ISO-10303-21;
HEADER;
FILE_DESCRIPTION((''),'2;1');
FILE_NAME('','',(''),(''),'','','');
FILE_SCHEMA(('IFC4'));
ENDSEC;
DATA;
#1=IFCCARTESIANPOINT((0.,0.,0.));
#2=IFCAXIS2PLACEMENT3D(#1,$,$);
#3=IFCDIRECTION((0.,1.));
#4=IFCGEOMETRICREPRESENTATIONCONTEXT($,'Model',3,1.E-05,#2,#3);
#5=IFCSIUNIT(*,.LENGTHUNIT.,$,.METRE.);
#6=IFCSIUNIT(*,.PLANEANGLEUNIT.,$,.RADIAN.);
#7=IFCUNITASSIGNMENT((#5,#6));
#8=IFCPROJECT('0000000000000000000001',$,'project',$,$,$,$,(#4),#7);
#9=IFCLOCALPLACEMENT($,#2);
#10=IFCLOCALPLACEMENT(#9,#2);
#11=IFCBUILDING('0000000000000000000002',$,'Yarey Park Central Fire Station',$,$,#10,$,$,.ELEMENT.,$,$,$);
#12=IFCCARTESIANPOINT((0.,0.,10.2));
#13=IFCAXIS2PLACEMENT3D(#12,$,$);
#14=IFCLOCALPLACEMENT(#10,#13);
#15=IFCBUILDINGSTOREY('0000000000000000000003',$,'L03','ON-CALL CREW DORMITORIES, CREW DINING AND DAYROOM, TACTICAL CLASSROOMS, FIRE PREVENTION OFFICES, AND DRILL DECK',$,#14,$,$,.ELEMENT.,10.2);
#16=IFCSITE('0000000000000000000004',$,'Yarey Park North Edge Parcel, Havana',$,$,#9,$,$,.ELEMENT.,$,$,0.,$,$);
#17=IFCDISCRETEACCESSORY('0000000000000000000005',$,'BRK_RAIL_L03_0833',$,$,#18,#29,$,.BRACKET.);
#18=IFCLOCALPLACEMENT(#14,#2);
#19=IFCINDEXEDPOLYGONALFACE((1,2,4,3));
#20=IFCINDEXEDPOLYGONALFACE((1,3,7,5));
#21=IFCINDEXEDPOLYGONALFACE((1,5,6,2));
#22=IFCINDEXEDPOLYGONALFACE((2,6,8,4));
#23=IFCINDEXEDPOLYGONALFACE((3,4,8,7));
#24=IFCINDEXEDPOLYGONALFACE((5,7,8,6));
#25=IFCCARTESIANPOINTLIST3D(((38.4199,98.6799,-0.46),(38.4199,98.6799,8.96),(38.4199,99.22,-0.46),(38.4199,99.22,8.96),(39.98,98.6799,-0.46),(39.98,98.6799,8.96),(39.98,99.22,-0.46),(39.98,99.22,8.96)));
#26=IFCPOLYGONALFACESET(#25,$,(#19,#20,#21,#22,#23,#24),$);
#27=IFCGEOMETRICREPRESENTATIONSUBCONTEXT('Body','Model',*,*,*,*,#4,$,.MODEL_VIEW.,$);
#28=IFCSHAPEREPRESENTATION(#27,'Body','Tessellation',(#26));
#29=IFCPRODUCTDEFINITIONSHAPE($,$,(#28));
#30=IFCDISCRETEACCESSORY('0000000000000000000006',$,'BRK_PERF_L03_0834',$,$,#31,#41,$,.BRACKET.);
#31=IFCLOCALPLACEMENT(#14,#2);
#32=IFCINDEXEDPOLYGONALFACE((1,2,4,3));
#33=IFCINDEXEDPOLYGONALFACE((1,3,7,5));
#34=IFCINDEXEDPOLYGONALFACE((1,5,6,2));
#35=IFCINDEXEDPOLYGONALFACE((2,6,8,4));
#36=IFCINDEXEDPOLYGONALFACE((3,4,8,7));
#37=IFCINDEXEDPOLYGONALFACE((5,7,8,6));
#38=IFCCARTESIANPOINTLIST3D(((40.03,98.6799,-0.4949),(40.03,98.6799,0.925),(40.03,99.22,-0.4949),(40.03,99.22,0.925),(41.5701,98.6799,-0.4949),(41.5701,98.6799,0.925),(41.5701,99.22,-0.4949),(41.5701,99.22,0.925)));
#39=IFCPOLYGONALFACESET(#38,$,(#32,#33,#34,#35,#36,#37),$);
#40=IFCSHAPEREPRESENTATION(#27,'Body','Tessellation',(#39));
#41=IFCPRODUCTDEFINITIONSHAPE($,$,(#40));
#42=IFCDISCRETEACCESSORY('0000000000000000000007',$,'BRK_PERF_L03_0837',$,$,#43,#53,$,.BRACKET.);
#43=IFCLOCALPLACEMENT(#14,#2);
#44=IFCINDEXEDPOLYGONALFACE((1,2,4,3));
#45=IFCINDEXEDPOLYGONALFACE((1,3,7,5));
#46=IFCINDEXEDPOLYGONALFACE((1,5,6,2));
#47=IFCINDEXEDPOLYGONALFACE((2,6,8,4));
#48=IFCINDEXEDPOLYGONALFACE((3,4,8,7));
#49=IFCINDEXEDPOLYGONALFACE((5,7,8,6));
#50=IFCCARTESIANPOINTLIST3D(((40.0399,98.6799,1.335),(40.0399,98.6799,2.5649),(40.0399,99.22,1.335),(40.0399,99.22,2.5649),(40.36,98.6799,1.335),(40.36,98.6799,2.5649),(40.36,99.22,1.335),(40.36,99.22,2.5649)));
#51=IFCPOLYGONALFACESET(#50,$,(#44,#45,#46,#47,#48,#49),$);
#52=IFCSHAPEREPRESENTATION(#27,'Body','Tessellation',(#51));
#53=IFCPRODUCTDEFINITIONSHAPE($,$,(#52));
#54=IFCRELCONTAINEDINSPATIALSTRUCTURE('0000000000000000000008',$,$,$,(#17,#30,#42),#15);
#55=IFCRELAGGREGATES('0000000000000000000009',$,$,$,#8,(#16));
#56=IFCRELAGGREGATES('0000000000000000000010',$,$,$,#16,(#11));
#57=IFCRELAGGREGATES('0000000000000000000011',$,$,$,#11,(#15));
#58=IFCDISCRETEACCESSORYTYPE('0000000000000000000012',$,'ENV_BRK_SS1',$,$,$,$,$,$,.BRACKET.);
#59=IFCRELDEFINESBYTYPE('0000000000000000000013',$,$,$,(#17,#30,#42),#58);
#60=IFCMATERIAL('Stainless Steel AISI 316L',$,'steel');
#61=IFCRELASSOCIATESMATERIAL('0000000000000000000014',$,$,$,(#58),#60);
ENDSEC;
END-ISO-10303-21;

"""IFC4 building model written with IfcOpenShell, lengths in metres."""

from ifc_helpers import new_model, si_unit, direction, frame, origin, origin_2d, place, context, subcontext, project, spatial, rectangle, extrude, material, type_object, element, save


model = new_model("IFC4")

# Units and contexts
model_context = context("Model", 3, precision=1e-05, world=origin(), true_north=direction((0.0, 1.0)))
body_context = subcontext(model_context, "Body", "Model", "MODEL_VIEW")
ifc_project = project(units=[si_unit("LENGTHUNIT", "METRE"), si_unit("PLANEANGLEUNIT", "RADIAN")], contexts=[model_context])

# Site, building, storey
site_placement = place(None, origin())
site = spatial("IfcSite", under=ifc_project, at=site_placement, Name="Yarey Park North Edge Parcel, Havana", CompositionType="ELEMENT", RefElevation=0.0)
building_placement = place(site_placement, origin())
building = spatial("IfcBuilding", under=site, at=building_placement, Name="Yarey Park Central Fire Station", CompositionType="ELEMENT")
storey_placement = place(building_placement, frame((0.0, 0.0, 10.2)))
storey = spatial("IfcBuildingStorey", under=building, at=storey_placement, Name="L03", Description="ON-CALL CREW DORMITORIES, CREW DINING AND DAYROOM, TACTICAL CLASSROOMS, FIRE PREVENTION OFFICES, AND DRILL DECK", CompositionType="ELEMENT", Elevation=10.2)

# Discrete accessories
ifc_material_1 = material(Name="Stainless Steel AISI 316L", Category="steel")
discrete_accessory_type = type_object("IfcDiscreteAccessoryType", Name="ENV_BRK_SS1", PredefinedType="BRACKET", material=ifc_material_1)
discrete_accessory_1_placement = place(storey_placement, frame((39.2, 98.95, -0.46), z_axis=(0.0, 0.0, 1.0), x_axis=(1.0, 0.0, 0.0)))
element("IfcDiscreteAccessory", 1, at=discrete_accessory_1_placement, inside=storey, type_object=discrete_accessory_type, Name="BRK_RAIL_L03_0833", PredefinedType="BRACKET", context=body_context, shape_type="SweptSolid", body=[
    extrude(rectangle(XDim=1.5601, YDim=0.54, at=origin_2d()), origin(), (0.0, 0.0, 1.0), 9.4199),
])
discrete_accessory_2_placement = place(storey_placement, frame((40.8, 98.95, -0.4949), z_axis=(0.0, 0.0, 1.0), x_axis=(1.0, 0.0, 0.0)))
element("IfcDiscreteAccessory", 2, at=discrete_accessory_2_placement, inside=storey, type_object=discrete_accessory_type, Name="BRK_PERF_L03_0834", PredefinedType="BRACKET", context=body_context, shape_type="SweptSolid", body=[
    extrude(rectangle(XDim=1.54, YDim=0.54, at=origin_2d()), origin(), (0.0, 0.0, 1.0), 1.4199),
])
discrete_accessory_3_placement = place(storey_placement, frame((40.2, 98.95, 1.335), z_axis=(0.0, 0.0, 1.0), x_axis=(1.0, 0.0, 0.0)))
element("IfcDiscreteAccessory", 3, at=discrete_accessory_3_placement, inside=storey, type_object=discrete_accessory_type, Name="BRK_PERF_L03_0837", PredefinedType="BRACKET", context=body_context, shape_type="SweptSolid", body=[
    extrude(rectangle(XDim=0.3201, YDim=0.54, at=origin_2d()), origin(), (0.0, 0.0, 1.0), 1.23),
])

save(model, "model.ifc")
